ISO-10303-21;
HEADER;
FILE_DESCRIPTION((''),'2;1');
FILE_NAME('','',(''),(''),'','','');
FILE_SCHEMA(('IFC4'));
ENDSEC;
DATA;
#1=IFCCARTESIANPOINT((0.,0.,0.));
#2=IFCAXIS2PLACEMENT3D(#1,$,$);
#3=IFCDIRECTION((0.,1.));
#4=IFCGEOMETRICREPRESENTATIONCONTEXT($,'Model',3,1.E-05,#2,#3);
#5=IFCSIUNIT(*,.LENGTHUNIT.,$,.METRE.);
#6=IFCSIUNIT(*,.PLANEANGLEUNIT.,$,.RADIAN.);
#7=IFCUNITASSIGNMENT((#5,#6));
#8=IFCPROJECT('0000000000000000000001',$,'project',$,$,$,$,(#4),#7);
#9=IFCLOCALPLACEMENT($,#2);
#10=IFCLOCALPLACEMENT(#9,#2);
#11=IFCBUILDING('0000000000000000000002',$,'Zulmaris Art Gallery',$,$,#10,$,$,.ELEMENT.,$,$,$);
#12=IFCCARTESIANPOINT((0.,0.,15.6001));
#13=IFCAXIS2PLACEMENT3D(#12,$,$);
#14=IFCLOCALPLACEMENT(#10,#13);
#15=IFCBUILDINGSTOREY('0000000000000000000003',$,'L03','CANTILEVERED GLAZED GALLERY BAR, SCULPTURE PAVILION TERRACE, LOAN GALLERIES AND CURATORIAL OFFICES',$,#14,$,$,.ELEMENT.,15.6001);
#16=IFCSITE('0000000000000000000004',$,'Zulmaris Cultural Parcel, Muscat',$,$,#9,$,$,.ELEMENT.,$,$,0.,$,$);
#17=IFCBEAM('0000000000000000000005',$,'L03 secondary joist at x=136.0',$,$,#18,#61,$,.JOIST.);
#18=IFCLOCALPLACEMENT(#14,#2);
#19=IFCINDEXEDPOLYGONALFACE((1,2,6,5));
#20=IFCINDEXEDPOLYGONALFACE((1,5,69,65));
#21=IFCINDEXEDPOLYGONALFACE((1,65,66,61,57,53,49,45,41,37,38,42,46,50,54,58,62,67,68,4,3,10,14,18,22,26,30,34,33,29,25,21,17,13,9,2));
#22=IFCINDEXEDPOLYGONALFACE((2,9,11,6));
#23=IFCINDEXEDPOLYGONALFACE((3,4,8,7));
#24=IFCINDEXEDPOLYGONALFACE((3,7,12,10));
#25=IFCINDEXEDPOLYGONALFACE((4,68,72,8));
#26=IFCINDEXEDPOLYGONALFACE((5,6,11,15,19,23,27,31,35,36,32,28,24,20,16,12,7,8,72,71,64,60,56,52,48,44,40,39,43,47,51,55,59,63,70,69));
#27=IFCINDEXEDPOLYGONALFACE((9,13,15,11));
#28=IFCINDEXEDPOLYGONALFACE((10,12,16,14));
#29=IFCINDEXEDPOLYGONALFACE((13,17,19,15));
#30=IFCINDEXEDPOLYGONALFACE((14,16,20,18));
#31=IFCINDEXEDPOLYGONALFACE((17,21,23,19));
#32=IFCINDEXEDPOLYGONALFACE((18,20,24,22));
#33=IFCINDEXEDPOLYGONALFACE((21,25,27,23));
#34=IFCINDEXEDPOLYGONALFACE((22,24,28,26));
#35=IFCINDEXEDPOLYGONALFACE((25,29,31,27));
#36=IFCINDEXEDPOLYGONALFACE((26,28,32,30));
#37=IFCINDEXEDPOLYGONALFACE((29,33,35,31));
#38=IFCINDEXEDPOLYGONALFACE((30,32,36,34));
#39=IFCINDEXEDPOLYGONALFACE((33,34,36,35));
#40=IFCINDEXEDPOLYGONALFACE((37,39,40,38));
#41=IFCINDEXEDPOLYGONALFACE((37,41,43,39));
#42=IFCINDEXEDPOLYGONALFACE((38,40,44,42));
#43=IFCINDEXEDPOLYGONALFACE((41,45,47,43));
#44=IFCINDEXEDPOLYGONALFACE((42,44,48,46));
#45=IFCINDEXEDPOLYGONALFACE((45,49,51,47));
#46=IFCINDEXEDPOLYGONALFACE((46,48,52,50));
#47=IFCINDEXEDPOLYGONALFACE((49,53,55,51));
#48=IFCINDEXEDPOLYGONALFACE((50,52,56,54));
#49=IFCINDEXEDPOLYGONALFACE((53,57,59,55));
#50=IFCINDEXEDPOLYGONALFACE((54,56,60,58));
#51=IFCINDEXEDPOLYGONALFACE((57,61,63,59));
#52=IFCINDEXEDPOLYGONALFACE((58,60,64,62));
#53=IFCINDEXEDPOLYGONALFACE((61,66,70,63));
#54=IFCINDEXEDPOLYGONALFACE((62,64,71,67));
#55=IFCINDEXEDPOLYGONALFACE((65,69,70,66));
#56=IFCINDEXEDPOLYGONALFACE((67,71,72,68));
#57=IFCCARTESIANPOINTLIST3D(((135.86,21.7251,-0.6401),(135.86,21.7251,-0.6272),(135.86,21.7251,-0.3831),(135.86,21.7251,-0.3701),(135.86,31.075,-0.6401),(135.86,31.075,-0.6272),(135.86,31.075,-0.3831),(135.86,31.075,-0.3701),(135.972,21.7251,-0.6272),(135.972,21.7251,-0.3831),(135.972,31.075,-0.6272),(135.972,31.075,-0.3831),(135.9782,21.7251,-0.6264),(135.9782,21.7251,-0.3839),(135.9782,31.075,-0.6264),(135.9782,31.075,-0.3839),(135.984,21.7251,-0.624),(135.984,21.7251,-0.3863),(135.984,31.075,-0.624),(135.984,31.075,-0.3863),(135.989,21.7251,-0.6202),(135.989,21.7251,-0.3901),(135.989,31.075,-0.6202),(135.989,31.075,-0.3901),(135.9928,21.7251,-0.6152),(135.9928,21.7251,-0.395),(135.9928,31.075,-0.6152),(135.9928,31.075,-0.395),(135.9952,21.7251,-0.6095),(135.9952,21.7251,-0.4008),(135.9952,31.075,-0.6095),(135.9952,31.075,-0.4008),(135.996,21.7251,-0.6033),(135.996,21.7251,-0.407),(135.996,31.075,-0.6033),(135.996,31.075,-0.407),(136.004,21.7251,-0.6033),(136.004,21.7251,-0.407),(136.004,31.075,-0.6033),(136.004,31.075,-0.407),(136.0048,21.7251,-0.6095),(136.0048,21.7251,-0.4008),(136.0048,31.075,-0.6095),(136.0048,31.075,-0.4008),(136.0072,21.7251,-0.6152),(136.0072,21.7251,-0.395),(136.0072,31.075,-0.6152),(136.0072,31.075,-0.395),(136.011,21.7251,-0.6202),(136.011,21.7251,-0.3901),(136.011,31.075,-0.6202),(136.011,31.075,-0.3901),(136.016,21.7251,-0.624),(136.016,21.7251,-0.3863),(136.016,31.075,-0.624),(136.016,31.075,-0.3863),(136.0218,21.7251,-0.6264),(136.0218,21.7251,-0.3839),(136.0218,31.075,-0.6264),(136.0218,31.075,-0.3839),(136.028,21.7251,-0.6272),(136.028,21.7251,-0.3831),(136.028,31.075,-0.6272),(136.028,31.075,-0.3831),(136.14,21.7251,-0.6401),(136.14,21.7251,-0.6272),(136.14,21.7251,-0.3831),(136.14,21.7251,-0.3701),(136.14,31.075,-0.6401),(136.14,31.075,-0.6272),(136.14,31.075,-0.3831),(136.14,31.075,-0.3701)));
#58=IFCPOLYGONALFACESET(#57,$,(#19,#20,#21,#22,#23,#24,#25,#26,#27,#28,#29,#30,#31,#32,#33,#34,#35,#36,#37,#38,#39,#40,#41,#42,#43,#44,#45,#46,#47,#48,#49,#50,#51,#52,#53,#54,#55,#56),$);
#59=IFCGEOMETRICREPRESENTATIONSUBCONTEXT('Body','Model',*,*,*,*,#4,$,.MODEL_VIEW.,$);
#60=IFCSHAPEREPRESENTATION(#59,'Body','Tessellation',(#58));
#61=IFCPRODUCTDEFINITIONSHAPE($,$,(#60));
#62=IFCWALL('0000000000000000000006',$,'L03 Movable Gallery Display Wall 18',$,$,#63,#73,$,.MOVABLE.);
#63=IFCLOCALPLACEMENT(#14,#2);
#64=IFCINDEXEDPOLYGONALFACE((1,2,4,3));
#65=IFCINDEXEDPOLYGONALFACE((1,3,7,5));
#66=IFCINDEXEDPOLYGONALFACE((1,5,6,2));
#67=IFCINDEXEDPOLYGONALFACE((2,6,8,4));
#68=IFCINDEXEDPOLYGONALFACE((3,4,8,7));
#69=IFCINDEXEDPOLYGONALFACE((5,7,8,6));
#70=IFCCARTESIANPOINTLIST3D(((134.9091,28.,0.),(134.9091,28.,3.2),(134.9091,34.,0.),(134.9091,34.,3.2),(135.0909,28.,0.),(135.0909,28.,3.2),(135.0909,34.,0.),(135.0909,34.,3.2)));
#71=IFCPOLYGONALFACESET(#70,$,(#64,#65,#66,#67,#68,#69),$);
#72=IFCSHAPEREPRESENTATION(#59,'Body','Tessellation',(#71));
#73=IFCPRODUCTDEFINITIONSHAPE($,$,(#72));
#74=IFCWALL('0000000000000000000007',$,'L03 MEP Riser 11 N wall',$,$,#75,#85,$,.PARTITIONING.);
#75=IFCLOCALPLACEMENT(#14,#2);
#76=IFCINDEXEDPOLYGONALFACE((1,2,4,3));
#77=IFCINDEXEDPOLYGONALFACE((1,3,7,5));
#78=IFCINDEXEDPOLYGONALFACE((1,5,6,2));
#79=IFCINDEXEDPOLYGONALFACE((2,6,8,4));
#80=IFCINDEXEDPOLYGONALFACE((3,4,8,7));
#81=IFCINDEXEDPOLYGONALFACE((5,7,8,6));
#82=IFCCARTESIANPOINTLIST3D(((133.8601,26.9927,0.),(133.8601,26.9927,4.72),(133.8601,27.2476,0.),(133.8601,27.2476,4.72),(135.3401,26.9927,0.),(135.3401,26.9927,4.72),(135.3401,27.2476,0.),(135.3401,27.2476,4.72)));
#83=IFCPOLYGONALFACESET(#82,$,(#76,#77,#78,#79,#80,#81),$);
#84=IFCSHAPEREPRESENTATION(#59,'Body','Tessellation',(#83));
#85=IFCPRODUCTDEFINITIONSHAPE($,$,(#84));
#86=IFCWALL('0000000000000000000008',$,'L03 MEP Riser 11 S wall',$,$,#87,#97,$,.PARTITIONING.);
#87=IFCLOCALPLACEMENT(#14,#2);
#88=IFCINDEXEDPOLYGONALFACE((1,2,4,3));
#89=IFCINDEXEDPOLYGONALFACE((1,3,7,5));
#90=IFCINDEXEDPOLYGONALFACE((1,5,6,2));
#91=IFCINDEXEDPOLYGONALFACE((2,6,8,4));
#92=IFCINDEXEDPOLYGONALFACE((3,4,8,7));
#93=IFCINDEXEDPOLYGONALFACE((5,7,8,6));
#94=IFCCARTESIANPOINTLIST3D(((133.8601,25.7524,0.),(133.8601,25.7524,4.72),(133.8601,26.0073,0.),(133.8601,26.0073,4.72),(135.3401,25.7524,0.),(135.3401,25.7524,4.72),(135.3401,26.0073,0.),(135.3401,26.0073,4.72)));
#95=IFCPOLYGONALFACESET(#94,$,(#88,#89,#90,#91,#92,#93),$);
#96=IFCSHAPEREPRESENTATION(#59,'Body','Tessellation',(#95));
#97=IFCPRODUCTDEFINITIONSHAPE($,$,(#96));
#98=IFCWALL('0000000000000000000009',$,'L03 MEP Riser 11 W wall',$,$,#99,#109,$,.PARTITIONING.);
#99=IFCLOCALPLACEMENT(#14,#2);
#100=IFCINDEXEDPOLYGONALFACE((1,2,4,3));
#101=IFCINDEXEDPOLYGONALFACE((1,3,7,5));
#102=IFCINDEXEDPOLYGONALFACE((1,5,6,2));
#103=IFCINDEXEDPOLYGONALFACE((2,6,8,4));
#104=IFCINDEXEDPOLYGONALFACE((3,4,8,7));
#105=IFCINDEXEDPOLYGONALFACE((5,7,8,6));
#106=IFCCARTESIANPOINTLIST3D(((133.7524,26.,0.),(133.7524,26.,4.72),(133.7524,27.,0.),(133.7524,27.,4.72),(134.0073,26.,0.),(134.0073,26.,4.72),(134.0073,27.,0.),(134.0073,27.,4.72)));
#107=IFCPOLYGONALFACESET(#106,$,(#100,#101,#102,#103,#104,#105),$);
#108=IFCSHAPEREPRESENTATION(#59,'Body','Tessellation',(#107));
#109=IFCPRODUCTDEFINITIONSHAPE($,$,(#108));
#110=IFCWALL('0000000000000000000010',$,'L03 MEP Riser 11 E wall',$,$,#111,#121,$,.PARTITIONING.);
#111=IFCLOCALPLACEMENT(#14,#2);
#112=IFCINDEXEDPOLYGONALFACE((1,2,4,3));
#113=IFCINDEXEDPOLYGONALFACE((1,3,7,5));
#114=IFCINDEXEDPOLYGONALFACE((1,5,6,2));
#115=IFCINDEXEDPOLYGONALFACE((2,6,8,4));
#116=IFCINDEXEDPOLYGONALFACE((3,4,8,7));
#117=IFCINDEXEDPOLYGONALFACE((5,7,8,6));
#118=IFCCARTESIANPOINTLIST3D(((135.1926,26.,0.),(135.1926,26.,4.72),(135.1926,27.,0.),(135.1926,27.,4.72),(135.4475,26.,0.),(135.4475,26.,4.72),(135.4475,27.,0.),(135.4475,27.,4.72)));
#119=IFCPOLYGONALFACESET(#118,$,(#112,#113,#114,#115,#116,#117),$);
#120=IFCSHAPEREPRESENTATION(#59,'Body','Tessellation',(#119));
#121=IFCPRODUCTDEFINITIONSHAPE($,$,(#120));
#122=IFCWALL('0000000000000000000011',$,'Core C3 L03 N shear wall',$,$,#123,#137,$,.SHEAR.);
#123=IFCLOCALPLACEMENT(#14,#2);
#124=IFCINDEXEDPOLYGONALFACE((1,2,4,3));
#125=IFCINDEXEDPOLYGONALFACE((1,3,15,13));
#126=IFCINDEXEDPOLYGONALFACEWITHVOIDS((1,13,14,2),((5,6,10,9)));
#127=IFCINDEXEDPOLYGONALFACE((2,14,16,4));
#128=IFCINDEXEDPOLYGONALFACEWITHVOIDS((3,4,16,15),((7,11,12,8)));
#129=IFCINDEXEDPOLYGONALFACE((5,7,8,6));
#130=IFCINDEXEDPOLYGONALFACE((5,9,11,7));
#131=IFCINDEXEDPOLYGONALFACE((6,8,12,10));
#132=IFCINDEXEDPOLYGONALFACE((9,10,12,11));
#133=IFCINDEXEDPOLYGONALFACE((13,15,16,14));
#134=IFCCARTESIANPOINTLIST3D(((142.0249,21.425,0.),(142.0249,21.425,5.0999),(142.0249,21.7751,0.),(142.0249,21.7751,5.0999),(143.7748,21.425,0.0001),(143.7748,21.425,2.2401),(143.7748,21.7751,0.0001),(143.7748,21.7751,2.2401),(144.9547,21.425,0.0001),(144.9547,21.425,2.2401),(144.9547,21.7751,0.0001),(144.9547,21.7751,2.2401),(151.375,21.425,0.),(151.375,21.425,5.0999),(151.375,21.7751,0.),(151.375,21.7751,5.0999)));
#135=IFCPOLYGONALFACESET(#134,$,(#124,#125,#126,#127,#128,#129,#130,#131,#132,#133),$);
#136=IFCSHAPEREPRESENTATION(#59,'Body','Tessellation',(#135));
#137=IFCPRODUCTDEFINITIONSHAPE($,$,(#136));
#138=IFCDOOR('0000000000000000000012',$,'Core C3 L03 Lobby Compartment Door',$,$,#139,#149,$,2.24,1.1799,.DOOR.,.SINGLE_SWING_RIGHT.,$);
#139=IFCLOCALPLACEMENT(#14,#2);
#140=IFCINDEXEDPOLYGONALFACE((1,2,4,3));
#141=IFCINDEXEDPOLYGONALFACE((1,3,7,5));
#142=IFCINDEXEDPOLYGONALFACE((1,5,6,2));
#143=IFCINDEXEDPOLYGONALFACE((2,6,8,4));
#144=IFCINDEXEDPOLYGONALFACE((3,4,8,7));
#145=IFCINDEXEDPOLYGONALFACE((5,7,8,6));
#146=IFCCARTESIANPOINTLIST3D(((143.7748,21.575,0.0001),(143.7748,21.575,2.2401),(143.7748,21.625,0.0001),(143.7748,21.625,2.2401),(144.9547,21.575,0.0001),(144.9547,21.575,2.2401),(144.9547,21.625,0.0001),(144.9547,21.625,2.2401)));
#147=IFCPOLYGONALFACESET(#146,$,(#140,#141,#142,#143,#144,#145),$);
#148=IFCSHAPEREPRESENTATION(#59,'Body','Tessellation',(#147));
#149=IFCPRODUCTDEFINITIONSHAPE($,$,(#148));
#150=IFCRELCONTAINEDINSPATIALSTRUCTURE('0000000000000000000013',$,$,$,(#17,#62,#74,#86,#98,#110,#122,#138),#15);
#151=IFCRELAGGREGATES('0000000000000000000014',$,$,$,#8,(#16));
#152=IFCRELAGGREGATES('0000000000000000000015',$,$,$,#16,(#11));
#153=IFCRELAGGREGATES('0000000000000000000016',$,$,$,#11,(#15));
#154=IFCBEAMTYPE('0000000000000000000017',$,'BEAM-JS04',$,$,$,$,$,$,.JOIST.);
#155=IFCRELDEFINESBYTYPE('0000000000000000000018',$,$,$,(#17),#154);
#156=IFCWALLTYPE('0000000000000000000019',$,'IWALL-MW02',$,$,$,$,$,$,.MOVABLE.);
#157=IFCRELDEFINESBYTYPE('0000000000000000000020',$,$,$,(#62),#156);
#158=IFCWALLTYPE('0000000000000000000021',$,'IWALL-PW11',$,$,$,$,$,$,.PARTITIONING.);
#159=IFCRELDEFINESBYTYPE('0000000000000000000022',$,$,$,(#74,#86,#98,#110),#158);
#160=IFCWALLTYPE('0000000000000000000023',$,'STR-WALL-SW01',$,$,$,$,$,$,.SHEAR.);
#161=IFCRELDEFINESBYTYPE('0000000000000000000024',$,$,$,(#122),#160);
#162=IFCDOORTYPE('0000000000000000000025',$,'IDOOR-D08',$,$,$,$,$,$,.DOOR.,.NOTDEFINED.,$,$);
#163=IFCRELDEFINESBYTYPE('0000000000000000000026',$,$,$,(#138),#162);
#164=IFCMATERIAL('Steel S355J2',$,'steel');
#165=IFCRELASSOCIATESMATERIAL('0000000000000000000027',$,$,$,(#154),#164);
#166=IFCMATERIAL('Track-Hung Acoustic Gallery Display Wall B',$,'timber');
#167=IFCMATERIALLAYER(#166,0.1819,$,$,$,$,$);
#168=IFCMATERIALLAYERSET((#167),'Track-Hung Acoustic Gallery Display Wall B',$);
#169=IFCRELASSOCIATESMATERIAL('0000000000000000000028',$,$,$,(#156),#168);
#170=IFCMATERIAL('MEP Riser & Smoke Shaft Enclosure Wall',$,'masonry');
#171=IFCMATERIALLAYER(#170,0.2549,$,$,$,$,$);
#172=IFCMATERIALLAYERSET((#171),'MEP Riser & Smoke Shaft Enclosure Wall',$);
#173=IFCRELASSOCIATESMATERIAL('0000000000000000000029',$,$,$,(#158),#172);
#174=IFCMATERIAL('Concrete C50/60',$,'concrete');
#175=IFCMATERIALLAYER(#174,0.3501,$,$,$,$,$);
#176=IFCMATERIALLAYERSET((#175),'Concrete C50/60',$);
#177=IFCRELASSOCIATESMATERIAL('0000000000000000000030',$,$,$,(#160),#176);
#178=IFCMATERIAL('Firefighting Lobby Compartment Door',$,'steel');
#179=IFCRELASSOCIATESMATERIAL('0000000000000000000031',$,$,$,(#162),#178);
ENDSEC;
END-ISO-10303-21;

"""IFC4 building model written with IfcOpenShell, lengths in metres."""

from ifc_helpers import new_model, si_unit, direction, frame, frame_2d, origin, origin_2d, place, context, subcontext, project, spatial, rectangle, i_section, extrude, material, layer, layer_set, material_profile, profile_set, type_object, element, fill, save


model = new_model("IFC4")

# Units and contexts
model_context = context("Model", 3, precision=1e-05, world=origin(), true_north=direction((0.0, 1.0)))
body_context = subcontext(model_context, "Body", "Model", "MODEL_VIEW")
ifc_project = project(units=[si_unit("LENGTHUNIT", "METRE"), si_unit("PLANEANGLEUNIT", "RADIAN")], contexts=[model_context])

# Site, building, storey
site_placement = place(None, origin())
site = spatial("IfcSite", under=ifc_project, at=site_placement, Name="Zulmaris Cultural Parcel, Muscat", CompositionType="ELEMENT", RefElevation=0.0)
building_placement = place(site_placement, origin())
building = spatial("IfcBuilding", under=site, at=building_placement, Name="Zulmaris Art Gallery", CompositionType="ELEMENT")
storey_placement = place(building_placement, frame((0.0, 0.0, 15.6001)))
storey = spatial("IfcBuildingStorey", under=building, at=storey_placement, Name="L03", Description="CANTILEVERED GLAZED GALLERY BAR, SCULPTURE PAVILION TERRACE, LOAN GALLERIES AND CURATORIAL OFFICES", CompositionType="ELEMENT", Elevation=15.6001)

# Beam
ifc_material_1 = material(Name="Steel S355J2", Category="steel")
ifc_material_profile_1 = material_profile(ifc_material_1, i_section(OverallWidth=0.28, OverallDepth=0.27, WebThickness=0.0081, FlangeThickness=0.0129, FilletRadius=0.0239, at=origin_2d()), Name="HEA 280")
ifc_profile_set_1 = profile_set([ifc_material_profile_1], Name="Steel S355J2")
beam_type_1 = type_object("IfcBeamType", Name="BEAM-JS04", PredefinedType="JOIST", material=ifc_profile_set_1)
beam_1_placement = place(storey_placement, frame((136.0, 21.7251, -0.5051), z_axis=(0.0, 1.0, 0.0), x_axis=(-1.0, 0.0, 0.0)))
element("IfcBeam", 1, at=beam_1_placement, inside=storey, type_object=beam_type_1, Name="L03 secondary joist at x=136.0", PredefinedType="JOIST", context=body_context, shape_type="SweptSolid", body=[
    extrude(i_section(OverallWidth=0.28, OverallDepth=0.27, WebThickness=0.0081, FlangeThickness=0.0129, FilletRadius=0.0239, at=origin_2d()), origin(), (0.0, 0.0, 1.0), 9.3499),
])

# Walls
ifc_material_2 = material(Name="Track-Hung Acoustic Gallery Display Wall B", Category="timber")
ifc_layer_1 = layer(ifc_material_2, 0.1819)
ifc_layer_set_1 = layer_set([ifc_layer_1], Name="Track-Hung Acoustic Gallery Display Wall B")
wall_type_1 = type_object("IfcWallType", Name="IWALL-MW02", PredefinedType="MOVABLE", material=ifc_layer_set_1)
wall_1_placement = place(storey_placement, frame((135.0, 28.0, 0.0), z_axis=(0.0, 0.0, 1.0), x_axis=(0.0, 1.0, 0.0)))
element("IfcWall", 2, at=wall_1_placement, inside=storey, type_object=wall_type_1, Name="L03 Movable Gallery Display Wall 18", PredefinedType="MOVABLE", context=body_context, shape_type="SweptSolid", body=[
    extrude(rectangle(XDim=6.0, YDim=0.1819, at=frame_2d((3.0, 0.0))), origin(), (0.0, 0.0, 1.0), 3.2),
])
ifc_material_3 = material(Name="MEP Riser & Smoke Shaft Enclosure Wall", Category="masonry")
ifc_layer_2 = layer(ifc_material_3, 0.2549)
ifc_layer_set_2 = layer_set([ifc_layer_2], Name="MEP Riser & Smoke Shaft Enclosure Wall")
wall_type_2 = type_object("IfcWallType", Name="IWALL-PW11", PredefinedType="PARTITIONING", material=ifc_layer_set_2)
for number, where, z_axis, x_axis, name in (
    (3, (133.8601, 27.1201, 0.0), (0.0, 0.0, 1.0), (1.0, 0.0, 0.0), "L03 MEP Riser 11 N wall"),
    (4, (133.8601, 25.8799, 0.0), (0.0, 0.0, 1.0), (1.0, 0.0, 0.0), "L03 MEP Riser 11 S wall"),
):
    element("IfcWall", number, at=place(storey_placement, frame(where, z_axis=z_axis, x_axis=x_axis)), inside=storey, type_object=wall_type_2, Name=name, PredefinedType="PARTITIONING", context=body_context, shape_type="SweptSolid", body=[
        extrude(rectangle(XDim=1.48, YDim=0.2549, at=frame_2d((0.74, 0.0))), origin(), (0.0, 0.0, 1.0), 4.72),
    ])
for number, where, z_axis, x_axis, name in (
    (5, (133.8799, 26.0, 0.0), (0.0, 0.0, 1.0), (0.0, 1.0, 0.0), "L03 MEP Riser 11 W wall"),
    (6, (135.3201, 26.0, 0.0), (0.0, 0.0, 1.0), (0.0, 1.0, 0.0), "L03 MEP Riser 11 E wall"),
):
    element("IfcWall", number, at=place(storey_placement, frame(where, z_axis=z_axis, x_axis=x_axis)), inside=storey, type_object=wall_type_2, Name=name, PredefinedType="PARTITIONING", context=body_context, shape_type="SweptSolid", body=[
        extrude(rectangle(XDim=1.0, YDim=0.2549, at=frame_2d((0.5, 0.0))), origin(), (0.0, 0.0, 1.0), 4.72),
    ])

# Wall, opening, door
ifc_material_4 = material(Name="Concrete C50/60", Category="concrete")
ifc_layer_3 = layer(ifc_material_4, 0.3501)
ifc_layer_set_3 = layer_set([ifc_layer_3], Name="Concrete C50/60")
wall_type_3 = type_object("IfcWallType", Name="STR-WALL-SW01", PredefinedType="SHEAR", material=ifc_layer_set_3)
wall_2_placement = place(storey_placement, frame((142.0249, 21.6001, 0.0), z_axis=(0.0, 0.0, 1.0), x_axis=(1.0, 0.0, 0.0)))
wall_2 = element("IfcWall", 7, at=wall_2_placement, inside=storey, type_object=wall_type_3, Name="Core C3 L03 N shear wall", PredefinedType="SHEAR", context=body_context, shape_type="SweptSolid", body=[
    extrude(rectangle(XDim=9.3501, YDim=0.3501, at=frame_2d((4.675, 0.0))), origin(), (0.0, 0.0, 1.0), 5.0999),
])
opening_placement = place(wall_2_placement, frame((1.75, 0.0, 0.0)))
opening = element("IfcOpeningElement", 8, at=opening_placement, cuts=wall_2, PredefinedType="OPENING", context=body_context, shape_type="SweptSolid", body=[
    extrude(rectangle(XDim=1.1799, YDim=2.24, at=frame_2d((0.5898, 1.1201))), frame((0.0, 0.1851, 0.0), z_axis=(0.0, -1.0, 0.0), x_axis=(1.0, 0.0, 0.0)), (0.0, 0.0, 1.0), 0.3701),
])
ifc_material_5 = material(Name="Firefighting Lobby Compartment Door", Category="steel")
door_type = type_object("IfcDoorType", Name="IDOOR-D08", OperationType="NOTDEFINED", PredefinedType="DOOR", material=ifc_material_5)
door_placement = place(opening_placement, origin())
door = element("IfcDoor", 9, at=door_placement, inside=storey, type_object=door_type, Name="Core C3 L03 Lobby Compartment Door", OperationType="SINGLE_SWING_RIGHT", OverallHeight=2.24, OverallWidth=1.1799, PredefinedType="DOOR", context=body_context, shape_type="SweptSolid", body=[
    extrude(rectangle(XDim=1.1799, YDim=2.24, at=frame_2d((0.5898, 1.1201))), frame((0.0, 0.0249, 0.0), z_axis=(0.0, -1.0, 0.0), x_axis=(1.0, 0.0, 0.0)), (0.0, 0.0, 1.0), 0.05),
])
fill(opening, door)

save(model, "model.ifc")
